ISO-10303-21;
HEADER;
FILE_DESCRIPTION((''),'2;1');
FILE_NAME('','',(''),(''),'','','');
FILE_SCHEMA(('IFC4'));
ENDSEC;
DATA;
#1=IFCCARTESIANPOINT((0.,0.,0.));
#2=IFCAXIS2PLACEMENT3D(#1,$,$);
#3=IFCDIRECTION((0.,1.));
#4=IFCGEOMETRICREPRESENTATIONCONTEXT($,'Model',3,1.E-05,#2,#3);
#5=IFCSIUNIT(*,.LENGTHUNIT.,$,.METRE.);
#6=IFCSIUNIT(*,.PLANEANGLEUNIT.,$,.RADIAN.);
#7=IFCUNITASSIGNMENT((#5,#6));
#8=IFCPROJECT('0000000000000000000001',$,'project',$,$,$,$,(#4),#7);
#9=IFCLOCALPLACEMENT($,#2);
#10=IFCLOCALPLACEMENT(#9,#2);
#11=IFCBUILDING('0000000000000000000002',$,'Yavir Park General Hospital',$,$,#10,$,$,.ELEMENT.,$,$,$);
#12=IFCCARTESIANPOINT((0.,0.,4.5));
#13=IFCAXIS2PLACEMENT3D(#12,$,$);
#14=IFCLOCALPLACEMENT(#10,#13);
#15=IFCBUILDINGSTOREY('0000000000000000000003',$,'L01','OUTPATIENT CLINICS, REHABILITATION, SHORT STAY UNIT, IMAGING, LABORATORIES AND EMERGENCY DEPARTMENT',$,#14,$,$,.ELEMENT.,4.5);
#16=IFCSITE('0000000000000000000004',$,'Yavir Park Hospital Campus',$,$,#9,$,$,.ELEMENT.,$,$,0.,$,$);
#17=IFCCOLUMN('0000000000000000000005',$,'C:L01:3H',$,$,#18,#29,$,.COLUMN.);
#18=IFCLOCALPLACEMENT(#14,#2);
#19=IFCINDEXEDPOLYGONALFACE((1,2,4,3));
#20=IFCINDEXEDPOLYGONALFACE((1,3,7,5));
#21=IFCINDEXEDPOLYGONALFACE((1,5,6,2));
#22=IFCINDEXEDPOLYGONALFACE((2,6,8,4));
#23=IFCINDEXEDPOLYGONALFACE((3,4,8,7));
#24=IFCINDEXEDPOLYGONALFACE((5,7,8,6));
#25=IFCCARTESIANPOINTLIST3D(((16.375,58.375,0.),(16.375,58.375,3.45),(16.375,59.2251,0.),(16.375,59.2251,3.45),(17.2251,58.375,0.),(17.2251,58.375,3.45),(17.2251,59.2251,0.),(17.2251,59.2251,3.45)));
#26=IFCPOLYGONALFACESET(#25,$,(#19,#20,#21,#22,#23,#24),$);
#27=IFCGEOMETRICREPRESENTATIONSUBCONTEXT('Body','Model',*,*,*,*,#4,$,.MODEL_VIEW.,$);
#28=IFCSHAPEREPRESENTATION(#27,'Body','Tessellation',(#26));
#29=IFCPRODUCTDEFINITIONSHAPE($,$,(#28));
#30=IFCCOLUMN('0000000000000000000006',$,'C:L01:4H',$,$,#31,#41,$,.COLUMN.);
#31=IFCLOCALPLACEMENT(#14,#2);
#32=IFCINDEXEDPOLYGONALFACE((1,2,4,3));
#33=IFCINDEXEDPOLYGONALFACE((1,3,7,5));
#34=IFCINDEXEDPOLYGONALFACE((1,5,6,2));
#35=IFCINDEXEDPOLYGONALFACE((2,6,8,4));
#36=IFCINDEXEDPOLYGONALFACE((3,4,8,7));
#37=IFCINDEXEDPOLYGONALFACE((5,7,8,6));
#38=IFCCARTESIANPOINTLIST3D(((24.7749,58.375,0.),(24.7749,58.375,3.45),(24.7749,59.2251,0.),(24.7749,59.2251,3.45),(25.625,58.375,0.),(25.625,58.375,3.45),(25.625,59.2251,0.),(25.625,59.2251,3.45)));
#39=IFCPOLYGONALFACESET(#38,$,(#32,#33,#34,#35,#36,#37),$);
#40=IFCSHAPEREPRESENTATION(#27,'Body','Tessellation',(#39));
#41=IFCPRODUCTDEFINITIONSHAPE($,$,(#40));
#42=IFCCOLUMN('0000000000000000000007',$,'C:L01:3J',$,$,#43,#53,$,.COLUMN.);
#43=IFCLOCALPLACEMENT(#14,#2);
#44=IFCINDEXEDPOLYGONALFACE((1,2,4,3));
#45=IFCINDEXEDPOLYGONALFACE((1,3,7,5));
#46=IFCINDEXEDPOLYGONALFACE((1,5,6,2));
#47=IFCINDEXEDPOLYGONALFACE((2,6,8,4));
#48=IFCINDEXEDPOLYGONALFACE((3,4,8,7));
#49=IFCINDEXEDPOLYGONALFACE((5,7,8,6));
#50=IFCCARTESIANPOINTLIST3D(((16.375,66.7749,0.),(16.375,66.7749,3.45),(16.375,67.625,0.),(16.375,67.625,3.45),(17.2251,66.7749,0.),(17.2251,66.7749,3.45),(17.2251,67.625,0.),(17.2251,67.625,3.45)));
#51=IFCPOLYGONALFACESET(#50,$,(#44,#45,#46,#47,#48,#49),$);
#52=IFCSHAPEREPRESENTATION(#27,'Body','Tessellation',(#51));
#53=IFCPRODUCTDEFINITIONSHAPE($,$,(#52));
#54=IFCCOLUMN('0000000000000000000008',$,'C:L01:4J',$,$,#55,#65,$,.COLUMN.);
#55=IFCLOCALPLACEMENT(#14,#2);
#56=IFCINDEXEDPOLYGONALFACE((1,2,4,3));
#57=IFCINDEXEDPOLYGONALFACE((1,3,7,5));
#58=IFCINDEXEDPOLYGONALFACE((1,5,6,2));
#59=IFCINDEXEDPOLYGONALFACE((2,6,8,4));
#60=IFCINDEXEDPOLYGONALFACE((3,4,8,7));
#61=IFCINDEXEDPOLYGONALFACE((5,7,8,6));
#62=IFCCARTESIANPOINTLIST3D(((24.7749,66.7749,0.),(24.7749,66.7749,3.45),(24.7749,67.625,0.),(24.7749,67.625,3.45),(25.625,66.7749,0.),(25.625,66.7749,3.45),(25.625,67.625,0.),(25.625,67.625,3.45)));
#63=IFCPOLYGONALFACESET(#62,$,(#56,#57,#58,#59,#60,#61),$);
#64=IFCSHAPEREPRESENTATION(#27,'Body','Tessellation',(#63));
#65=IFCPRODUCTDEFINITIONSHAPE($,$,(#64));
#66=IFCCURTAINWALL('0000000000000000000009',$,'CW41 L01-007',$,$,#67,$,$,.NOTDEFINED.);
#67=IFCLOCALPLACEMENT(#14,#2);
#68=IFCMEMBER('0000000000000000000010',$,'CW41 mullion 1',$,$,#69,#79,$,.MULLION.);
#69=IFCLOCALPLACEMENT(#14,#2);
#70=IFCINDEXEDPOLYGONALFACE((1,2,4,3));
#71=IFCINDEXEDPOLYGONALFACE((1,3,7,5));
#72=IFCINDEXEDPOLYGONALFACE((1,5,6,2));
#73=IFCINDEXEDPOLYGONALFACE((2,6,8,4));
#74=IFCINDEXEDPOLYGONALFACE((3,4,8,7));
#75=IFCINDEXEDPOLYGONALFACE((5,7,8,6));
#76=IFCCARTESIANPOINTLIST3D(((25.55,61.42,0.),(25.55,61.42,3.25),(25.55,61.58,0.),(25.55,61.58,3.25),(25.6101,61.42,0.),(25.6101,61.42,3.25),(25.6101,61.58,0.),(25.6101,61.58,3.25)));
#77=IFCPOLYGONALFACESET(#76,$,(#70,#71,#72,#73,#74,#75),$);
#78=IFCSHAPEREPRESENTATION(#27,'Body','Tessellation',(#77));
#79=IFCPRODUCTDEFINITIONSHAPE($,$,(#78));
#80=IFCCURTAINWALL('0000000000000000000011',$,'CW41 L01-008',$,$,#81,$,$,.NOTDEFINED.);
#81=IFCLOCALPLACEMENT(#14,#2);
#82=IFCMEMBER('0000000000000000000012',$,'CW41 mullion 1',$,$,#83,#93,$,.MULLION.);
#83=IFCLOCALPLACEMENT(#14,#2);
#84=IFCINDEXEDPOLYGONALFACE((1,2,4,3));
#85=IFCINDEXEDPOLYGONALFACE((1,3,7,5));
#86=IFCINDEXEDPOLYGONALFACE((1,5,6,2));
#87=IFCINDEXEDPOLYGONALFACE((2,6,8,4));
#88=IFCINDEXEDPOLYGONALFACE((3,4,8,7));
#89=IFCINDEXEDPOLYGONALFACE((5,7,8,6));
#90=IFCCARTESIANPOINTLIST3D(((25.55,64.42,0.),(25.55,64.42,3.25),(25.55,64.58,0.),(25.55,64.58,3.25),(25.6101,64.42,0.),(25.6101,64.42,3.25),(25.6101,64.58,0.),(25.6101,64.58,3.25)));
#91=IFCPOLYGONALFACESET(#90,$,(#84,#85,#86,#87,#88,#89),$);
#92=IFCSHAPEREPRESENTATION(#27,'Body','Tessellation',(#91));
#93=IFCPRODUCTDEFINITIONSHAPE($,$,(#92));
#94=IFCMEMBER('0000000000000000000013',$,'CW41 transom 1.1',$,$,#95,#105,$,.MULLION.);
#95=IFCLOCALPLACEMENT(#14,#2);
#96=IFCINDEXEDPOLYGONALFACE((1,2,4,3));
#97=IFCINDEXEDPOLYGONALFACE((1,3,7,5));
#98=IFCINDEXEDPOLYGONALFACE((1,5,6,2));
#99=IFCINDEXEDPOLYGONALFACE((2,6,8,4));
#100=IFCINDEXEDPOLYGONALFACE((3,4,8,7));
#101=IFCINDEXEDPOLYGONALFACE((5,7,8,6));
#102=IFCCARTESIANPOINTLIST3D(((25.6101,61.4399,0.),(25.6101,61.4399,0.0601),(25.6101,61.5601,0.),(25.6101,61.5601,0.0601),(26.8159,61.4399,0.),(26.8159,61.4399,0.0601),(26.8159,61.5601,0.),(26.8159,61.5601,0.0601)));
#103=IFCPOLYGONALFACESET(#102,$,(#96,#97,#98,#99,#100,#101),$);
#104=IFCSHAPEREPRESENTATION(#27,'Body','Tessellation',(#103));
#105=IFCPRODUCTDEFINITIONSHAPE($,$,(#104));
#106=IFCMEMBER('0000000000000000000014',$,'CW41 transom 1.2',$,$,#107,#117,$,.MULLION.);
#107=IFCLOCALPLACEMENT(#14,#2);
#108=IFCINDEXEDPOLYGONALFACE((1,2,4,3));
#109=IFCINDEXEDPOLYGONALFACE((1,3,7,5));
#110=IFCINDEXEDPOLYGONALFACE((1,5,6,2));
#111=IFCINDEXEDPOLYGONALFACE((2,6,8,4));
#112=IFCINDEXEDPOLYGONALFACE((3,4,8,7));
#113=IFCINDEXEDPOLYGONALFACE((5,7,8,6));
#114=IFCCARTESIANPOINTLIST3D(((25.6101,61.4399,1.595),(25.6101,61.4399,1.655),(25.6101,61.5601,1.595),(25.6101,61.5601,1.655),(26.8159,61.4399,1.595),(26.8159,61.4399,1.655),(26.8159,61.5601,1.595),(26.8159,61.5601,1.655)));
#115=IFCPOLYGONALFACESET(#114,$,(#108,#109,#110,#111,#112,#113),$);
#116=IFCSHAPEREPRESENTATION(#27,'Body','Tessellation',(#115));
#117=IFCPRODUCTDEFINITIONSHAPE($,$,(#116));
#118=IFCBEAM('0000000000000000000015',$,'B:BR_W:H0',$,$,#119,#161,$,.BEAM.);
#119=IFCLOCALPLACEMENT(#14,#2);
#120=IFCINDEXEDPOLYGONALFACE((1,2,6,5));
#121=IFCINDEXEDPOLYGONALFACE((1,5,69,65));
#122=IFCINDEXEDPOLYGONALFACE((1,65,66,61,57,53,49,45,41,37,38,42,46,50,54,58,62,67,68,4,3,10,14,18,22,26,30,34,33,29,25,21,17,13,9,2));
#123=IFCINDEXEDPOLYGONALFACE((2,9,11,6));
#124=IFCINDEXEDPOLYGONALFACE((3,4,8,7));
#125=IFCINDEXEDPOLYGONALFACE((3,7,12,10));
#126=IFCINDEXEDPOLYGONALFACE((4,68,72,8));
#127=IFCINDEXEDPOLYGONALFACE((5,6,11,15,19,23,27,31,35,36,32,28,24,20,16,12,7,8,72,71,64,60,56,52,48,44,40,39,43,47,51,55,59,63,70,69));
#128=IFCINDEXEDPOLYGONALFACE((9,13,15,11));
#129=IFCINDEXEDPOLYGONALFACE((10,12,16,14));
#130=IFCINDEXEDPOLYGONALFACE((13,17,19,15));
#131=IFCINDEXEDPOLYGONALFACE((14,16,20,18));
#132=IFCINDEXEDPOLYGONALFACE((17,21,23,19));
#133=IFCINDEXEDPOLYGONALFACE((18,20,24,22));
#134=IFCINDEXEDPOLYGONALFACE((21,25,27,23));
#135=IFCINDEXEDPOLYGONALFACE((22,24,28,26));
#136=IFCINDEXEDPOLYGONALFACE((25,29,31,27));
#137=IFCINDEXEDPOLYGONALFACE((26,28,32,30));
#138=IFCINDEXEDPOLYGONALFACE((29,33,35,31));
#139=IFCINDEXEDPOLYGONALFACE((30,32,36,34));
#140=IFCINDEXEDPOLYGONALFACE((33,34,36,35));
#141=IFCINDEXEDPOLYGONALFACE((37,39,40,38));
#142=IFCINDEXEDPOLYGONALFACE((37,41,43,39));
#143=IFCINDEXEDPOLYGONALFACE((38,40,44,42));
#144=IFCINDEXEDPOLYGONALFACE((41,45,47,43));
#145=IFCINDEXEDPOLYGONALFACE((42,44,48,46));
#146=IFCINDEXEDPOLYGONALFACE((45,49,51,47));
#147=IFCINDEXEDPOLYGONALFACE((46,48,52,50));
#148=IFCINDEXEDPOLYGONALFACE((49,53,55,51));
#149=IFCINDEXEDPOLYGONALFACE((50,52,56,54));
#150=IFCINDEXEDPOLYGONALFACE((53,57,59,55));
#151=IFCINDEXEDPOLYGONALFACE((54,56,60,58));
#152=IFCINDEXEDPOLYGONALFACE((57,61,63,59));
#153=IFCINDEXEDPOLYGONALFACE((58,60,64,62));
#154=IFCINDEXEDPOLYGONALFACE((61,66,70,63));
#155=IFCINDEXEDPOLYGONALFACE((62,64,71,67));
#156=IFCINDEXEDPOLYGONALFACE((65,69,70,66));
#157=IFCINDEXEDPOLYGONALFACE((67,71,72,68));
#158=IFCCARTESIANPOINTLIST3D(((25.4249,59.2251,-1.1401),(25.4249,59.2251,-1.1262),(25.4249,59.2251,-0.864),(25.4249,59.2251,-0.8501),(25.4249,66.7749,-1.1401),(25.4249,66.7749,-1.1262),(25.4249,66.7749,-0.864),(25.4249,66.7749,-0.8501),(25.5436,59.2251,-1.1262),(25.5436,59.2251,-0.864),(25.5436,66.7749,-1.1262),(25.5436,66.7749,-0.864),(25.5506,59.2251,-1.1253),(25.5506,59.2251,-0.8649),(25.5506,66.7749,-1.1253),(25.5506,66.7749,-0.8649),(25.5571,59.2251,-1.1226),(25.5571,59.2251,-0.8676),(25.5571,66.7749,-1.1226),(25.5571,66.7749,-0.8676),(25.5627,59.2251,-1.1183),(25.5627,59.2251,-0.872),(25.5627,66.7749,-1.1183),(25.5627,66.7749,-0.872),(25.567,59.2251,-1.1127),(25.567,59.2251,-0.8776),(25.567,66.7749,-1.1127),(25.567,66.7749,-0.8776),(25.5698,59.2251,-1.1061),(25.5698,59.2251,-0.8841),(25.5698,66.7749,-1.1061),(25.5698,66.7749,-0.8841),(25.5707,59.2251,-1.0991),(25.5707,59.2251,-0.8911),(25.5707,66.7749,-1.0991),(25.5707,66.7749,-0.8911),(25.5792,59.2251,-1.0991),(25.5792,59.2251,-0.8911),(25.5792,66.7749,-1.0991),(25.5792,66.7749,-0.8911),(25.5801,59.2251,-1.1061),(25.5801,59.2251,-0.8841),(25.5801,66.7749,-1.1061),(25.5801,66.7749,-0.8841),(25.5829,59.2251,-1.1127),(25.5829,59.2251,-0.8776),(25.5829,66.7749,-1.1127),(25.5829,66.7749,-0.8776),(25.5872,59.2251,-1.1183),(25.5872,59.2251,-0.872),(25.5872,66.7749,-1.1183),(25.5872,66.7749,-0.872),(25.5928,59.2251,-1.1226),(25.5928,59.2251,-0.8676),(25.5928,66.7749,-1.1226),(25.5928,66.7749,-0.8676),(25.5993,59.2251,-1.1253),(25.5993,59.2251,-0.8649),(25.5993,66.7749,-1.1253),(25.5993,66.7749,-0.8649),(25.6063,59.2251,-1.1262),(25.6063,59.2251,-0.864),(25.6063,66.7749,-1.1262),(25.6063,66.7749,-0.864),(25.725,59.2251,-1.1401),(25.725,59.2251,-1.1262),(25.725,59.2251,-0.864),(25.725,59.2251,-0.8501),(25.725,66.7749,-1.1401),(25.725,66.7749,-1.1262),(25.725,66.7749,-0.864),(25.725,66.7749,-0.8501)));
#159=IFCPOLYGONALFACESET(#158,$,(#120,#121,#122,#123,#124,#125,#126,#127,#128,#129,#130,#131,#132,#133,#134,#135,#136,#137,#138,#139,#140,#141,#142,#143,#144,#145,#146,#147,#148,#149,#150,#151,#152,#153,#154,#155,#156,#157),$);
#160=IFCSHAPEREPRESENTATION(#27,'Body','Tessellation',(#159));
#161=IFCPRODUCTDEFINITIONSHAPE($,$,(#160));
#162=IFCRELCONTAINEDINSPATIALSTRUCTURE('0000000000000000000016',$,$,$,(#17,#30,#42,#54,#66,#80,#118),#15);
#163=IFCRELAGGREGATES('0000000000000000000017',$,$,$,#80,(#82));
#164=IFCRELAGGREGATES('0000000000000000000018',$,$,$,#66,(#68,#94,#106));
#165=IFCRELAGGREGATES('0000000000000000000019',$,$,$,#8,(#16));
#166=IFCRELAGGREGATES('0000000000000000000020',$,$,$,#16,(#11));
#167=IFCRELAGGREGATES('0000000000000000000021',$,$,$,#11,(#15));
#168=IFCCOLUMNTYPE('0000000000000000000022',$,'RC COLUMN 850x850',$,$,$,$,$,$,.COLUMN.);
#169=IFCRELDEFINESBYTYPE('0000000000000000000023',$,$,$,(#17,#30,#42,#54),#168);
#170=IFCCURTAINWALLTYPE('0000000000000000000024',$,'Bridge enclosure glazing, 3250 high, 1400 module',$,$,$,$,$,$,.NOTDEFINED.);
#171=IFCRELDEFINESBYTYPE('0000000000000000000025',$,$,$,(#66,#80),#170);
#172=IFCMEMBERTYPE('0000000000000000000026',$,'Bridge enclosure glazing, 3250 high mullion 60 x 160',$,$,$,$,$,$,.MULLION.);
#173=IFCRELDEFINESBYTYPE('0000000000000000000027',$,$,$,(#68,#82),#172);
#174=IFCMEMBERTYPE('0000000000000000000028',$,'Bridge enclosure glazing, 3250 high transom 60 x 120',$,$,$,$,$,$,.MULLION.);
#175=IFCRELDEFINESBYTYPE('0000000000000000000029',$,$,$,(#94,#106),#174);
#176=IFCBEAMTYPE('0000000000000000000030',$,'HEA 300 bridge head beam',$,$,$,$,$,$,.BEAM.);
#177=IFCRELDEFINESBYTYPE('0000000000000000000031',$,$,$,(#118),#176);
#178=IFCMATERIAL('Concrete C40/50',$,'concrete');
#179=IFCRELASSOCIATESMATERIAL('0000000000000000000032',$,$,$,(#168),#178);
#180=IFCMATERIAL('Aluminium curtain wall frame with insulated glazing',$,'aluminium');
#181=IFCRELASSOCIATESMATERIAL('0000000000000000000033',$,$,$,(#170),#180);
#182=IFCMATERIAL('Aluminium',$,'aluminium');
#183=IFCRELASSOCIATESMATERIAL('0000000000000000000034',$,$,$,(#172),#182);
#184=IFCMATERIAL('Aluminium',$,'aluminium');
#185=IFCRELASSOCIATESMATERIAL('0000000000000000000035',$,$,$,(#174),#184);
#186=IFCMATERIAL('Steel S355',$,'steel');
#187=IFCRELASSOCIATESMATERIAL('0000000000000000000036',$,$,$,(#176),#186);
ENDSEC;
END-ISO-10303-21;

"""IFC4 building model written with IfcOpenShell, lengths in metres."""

from ifc_helpers import new_model, si_unit, direction, frame, origin, origin_2d, place, context, subcontext, project, spatial, rectangle, i_section, extrude, material, material_profile, profile_set, type_object, element, aggregate, save


model = new_model("IFC4")

# Units and contexts
model_context = context("Model", 3, precision=1e-05, world=origin(), true_north=direction((0.0, 1.0)))
body_context = subcontext(model_context, "Body", "Model", "MODEL_VIEW")
ifc_project = project(units=[si_unit("LENGTHUNIT", "METRE"), si_unit("PLANEANGLEUNIT", "RADIAN")], contexts=[model_context])

# Site, building, storey
site_placement = place(None, origin())
site = spatial("IfcSite", under=ifc_project, at=site_placement, Name="Yavir Park Hospital Campus", CompositionType="ELEMENT", RefElevation=0.0)
building_placement = place(site_placement, origin())
building = spatial("IfcBuilding", under=site, at=building_placement, Name="Yavir Park General Hospital", CompositionType="ELEMENT")
storey_placement = place(building_placement, frame((0.0, 0.0, 4.5)))
storey = spatial("IfcBuildingStorey", under=building, at=storey_placement, Name="L01", Description="OUTPATIENT CLINICS, REHABILITATION, SHORT STAY UNIT, IMAGING, LABORATORIES AND EMERGENCY DEPARTMENT", CompositionType="ELEMENT", Elevation=4.5)

# Columns
ifc_material_1 = material(Name="Concrete C40/50", Category="concrete")
ifc_material_profile_1 = material_profile(ifc_material_1, rectangle(XDim=0.8501, YDim=0.8501, at=origin_2d()), Name="RC850x850")
ifc_profile_set_1 = profile_set([ifc_material_profile_1], Name="Concrete C40/50")
column_type = type_object("IfcColumnType", Name="RC COLUMN 850x850", PredefinedType="COLUMN", material=ifc_profile_set_1)
for number, where, z_axis, x_axis, name in (
    (1, (16.8, 58.8, 0.0), (0.0, 0.0, 1.0), (1.0, 0.0, 0.0), "C:L01:3H"),
    (2, (25.2, 58.8, 0.0), (0.0, 0.0, 1.0), (1.0, 0.0, 0.0), "C:L01:4H"),
    (3, (16.8, 67.2, 0.0), (0.0, 0.0, 1.0), (1.0, 0.0, 0.0), "C:L01:3J"),
    (4, (25.2, 67.2, 0.0), (0.0, 0.0, 1.0), (1.0, 0.0, 0.0), "C:L01:4J"),
):
    element("IfcColumn", number, at=place(storey_placement, frame(where, z_axis=z_axis, x_axis=x_axis)), inside=storey, type_object=column_type, Name=name, PredefinedType="COLUMN", context=body_context, shape_type="SweptSolid", body=[
        extrude(rectangle(XDim=0.8501, YDim=0.8501, at=origin_2d()), origin(), (0.0, 0.0, 1.0), 3.45),
    ])

# Curtain walls, members
ifc_material_2 = material(Name="Aluminium curtain wall frame with insulated glazing", Category="aluminium")
curtain_wall_type = type_object("IfcCurtainWallType", Name="Bridge enclosure glazing, 3250 high, 1400 module", PredefinedType="NOTDEFINED", material=ifc_material_2)
curtain_wall_1_placement = place(storey_placement, origin())
curtain_wall_1 = element("IfcCurtainWall", 5, at=curtain_wall_1_placement, inside=storey, type_object=curtain_wall_type, Name="CW41 L01-007", PredefinedType="NOTDEFINED")
ifc_material_3 = material(Name="Aluminium", Category="aluminium")
ifc_material_profile_2 = material_profile(ifc_material_3, rectangle(XDim=0.1599, YDim=0.0601, at=origin_2d()), Name="AL 60x160")
ifc_profile_set_2 = profile_set([ifc_material_profile_2], Name="Aluminium")
member_type_1 = type_object("IfcMemberType", Name="Bridge enclosure glazing, 3250 high mullion 60 x 160", PredefinedType="MULLION", material=ifc_profile_set_2)
member_1_placement = place(storey_placement, frame((25.5801, 61.5, 0.0), z_axis=(0.0, 0.0, 1.0), x_axis=(0.0, 1.0, 0.0)))
member_1 = element("IfcMember", 6, at=member_1_placement, type_object=member_type_1, Name="CW41 mullion 1", PredefinedType="MULLION", context=body_context, shape_type="SweptSolid", body=[
    extrude(rectangle(XDim=0.1599, YDim=0.0601, at=origin_2d()), origin(), (0.0, 0.0, 1.0), 3.25),
])
curtain_wall_2_placement = place(storey_placement, origin())
curtain_wall_2 = element("IfcCurtainWall", 7, at=curtain_wall_2_placement, inside=storey, type_object=curtain_wall_type, Name="CW41 L01-008", PredefinedType="NOTDEFINED")
member_2_placement = place(storey_placement, frame((25.5801, 64.5, 0.0), z_axis=(0.0, 0.0, 1.0), x_axis=(0.0, 1.0, 0.0)))
member_2 = element("IfcMember", 8, at=member_2_placement, type_object=member_type_1, Name="CW41 mullion 1", PredefinedType="MULLION", context=body_context, shape_type="SweptSolid", body=[
    extrude(rectangle(XDim=0.1599, YDim=0.0601, at=origin_2d()), origin(), (0.0, 0.0, 1.0), 3.25),
])
aggregate(curtain_wall_2, [member_2])

# Members
ifc_material_4 = material(Name="Aluminium", Category="aluminium")
ifc_material_profile_3 = material_profile(ifc_material_4, rectangle(XDim=0.1201, YDim=0.0601, at=origin_2d()), Name="AL 120x60")
ifc_profile_set_3 = profile_set([ifc_material_profile_3], Name="Aluminium")
member_type_2 = type_object("IfcMemberType", Name="Bridge enclosure glazing, 3250 high transom 60 x 120", PredefinedType="MULLION", material=ifc_profile_set_3)
member_3_placement = place(storey_placement, frame((25.6101, 61.5, 0.03), z_axis=(1.0, 0.0, 0.0), x_axis=(0.0, 1.0, 0.0)))
member_3 = element("IfcMember", 9, at=member_3_placement, type_object=member_type_2, Name="CW41 transom 1.1", PredefinedType="MULLION", context=body_context, shape_type="SweptSolid", body=[
    extrude(rectangle(XDim=0.1201, YDim=0.0601, at=origin_2d()), origin(), (0.0, 0.0, 1.0), 1.2058),
])
member_4_placement = place(storey_placement, frame((25.6101, 61.5, 1.625), z_axis=(1.0, 0.0, 0.0), x_axis=(0.0, 1.0, 0.0)))
member_4 = element("IfcMember", 10, at=member_4_placement, type_object=member_type_2, Name="CW41 transom 1.2", PredefinedType="MULLION", context=body_context, shape_type="SweptSolid", body=[
    extrude(rectangle(XDim=0.1201, YDim=0.0601, at=origin_2d()), origin(), (0.0, 0.0, 1.0), 1.2058),
])
aggregate(curtain_wall_1, [member_1, member_3, member_4])

# Beam
ifc_material_5 = material(Name="Steel S355", Category="steel")
ifc_material_profile_4 = material_profile(ifc_material_5, i_section(OverallWidth=0.3, OverallDepth=0.29, WebThickness=0.0085, FlangeThickness=0.0139, FilletRadius=0.0271, at=origin_2d()), Name="HEA300")
ifc_profile_set_4 = profile_set([ifc_material_profile_4], Name="Steel S355")
beam_type_1 = type_object("IfcBeamType", Name="HEA 300 bridge head beam", PredefinedType="BEAM", material=ifc_profile_set_4)
beam_1_placement = place(storey_placement, frame((25.575, 59.2251, -0.9951), z_axis=(0.0, 1.0, 0.0), x_axis=(-1.0, 0.0, 0.0)))
element("IfcBeam", 11, at=beam_1_placement, inside=storey, type_object=beam_type_1, Name="B:BR_W:H0", PredefinedType="BEAM", context=body_context, shape_type="SweptSolid", body=[
    extrude(i_section(OverallWidth=0.3, OverallDepth=0.29, WebThickness=0.0085, FlangeThickness=0.0139, FilletRadius=0.0271, at=origin_2d()), origin(), (0.0, 0.0, 1.0), 7.5498),
])

save(model, "model.ifc")
